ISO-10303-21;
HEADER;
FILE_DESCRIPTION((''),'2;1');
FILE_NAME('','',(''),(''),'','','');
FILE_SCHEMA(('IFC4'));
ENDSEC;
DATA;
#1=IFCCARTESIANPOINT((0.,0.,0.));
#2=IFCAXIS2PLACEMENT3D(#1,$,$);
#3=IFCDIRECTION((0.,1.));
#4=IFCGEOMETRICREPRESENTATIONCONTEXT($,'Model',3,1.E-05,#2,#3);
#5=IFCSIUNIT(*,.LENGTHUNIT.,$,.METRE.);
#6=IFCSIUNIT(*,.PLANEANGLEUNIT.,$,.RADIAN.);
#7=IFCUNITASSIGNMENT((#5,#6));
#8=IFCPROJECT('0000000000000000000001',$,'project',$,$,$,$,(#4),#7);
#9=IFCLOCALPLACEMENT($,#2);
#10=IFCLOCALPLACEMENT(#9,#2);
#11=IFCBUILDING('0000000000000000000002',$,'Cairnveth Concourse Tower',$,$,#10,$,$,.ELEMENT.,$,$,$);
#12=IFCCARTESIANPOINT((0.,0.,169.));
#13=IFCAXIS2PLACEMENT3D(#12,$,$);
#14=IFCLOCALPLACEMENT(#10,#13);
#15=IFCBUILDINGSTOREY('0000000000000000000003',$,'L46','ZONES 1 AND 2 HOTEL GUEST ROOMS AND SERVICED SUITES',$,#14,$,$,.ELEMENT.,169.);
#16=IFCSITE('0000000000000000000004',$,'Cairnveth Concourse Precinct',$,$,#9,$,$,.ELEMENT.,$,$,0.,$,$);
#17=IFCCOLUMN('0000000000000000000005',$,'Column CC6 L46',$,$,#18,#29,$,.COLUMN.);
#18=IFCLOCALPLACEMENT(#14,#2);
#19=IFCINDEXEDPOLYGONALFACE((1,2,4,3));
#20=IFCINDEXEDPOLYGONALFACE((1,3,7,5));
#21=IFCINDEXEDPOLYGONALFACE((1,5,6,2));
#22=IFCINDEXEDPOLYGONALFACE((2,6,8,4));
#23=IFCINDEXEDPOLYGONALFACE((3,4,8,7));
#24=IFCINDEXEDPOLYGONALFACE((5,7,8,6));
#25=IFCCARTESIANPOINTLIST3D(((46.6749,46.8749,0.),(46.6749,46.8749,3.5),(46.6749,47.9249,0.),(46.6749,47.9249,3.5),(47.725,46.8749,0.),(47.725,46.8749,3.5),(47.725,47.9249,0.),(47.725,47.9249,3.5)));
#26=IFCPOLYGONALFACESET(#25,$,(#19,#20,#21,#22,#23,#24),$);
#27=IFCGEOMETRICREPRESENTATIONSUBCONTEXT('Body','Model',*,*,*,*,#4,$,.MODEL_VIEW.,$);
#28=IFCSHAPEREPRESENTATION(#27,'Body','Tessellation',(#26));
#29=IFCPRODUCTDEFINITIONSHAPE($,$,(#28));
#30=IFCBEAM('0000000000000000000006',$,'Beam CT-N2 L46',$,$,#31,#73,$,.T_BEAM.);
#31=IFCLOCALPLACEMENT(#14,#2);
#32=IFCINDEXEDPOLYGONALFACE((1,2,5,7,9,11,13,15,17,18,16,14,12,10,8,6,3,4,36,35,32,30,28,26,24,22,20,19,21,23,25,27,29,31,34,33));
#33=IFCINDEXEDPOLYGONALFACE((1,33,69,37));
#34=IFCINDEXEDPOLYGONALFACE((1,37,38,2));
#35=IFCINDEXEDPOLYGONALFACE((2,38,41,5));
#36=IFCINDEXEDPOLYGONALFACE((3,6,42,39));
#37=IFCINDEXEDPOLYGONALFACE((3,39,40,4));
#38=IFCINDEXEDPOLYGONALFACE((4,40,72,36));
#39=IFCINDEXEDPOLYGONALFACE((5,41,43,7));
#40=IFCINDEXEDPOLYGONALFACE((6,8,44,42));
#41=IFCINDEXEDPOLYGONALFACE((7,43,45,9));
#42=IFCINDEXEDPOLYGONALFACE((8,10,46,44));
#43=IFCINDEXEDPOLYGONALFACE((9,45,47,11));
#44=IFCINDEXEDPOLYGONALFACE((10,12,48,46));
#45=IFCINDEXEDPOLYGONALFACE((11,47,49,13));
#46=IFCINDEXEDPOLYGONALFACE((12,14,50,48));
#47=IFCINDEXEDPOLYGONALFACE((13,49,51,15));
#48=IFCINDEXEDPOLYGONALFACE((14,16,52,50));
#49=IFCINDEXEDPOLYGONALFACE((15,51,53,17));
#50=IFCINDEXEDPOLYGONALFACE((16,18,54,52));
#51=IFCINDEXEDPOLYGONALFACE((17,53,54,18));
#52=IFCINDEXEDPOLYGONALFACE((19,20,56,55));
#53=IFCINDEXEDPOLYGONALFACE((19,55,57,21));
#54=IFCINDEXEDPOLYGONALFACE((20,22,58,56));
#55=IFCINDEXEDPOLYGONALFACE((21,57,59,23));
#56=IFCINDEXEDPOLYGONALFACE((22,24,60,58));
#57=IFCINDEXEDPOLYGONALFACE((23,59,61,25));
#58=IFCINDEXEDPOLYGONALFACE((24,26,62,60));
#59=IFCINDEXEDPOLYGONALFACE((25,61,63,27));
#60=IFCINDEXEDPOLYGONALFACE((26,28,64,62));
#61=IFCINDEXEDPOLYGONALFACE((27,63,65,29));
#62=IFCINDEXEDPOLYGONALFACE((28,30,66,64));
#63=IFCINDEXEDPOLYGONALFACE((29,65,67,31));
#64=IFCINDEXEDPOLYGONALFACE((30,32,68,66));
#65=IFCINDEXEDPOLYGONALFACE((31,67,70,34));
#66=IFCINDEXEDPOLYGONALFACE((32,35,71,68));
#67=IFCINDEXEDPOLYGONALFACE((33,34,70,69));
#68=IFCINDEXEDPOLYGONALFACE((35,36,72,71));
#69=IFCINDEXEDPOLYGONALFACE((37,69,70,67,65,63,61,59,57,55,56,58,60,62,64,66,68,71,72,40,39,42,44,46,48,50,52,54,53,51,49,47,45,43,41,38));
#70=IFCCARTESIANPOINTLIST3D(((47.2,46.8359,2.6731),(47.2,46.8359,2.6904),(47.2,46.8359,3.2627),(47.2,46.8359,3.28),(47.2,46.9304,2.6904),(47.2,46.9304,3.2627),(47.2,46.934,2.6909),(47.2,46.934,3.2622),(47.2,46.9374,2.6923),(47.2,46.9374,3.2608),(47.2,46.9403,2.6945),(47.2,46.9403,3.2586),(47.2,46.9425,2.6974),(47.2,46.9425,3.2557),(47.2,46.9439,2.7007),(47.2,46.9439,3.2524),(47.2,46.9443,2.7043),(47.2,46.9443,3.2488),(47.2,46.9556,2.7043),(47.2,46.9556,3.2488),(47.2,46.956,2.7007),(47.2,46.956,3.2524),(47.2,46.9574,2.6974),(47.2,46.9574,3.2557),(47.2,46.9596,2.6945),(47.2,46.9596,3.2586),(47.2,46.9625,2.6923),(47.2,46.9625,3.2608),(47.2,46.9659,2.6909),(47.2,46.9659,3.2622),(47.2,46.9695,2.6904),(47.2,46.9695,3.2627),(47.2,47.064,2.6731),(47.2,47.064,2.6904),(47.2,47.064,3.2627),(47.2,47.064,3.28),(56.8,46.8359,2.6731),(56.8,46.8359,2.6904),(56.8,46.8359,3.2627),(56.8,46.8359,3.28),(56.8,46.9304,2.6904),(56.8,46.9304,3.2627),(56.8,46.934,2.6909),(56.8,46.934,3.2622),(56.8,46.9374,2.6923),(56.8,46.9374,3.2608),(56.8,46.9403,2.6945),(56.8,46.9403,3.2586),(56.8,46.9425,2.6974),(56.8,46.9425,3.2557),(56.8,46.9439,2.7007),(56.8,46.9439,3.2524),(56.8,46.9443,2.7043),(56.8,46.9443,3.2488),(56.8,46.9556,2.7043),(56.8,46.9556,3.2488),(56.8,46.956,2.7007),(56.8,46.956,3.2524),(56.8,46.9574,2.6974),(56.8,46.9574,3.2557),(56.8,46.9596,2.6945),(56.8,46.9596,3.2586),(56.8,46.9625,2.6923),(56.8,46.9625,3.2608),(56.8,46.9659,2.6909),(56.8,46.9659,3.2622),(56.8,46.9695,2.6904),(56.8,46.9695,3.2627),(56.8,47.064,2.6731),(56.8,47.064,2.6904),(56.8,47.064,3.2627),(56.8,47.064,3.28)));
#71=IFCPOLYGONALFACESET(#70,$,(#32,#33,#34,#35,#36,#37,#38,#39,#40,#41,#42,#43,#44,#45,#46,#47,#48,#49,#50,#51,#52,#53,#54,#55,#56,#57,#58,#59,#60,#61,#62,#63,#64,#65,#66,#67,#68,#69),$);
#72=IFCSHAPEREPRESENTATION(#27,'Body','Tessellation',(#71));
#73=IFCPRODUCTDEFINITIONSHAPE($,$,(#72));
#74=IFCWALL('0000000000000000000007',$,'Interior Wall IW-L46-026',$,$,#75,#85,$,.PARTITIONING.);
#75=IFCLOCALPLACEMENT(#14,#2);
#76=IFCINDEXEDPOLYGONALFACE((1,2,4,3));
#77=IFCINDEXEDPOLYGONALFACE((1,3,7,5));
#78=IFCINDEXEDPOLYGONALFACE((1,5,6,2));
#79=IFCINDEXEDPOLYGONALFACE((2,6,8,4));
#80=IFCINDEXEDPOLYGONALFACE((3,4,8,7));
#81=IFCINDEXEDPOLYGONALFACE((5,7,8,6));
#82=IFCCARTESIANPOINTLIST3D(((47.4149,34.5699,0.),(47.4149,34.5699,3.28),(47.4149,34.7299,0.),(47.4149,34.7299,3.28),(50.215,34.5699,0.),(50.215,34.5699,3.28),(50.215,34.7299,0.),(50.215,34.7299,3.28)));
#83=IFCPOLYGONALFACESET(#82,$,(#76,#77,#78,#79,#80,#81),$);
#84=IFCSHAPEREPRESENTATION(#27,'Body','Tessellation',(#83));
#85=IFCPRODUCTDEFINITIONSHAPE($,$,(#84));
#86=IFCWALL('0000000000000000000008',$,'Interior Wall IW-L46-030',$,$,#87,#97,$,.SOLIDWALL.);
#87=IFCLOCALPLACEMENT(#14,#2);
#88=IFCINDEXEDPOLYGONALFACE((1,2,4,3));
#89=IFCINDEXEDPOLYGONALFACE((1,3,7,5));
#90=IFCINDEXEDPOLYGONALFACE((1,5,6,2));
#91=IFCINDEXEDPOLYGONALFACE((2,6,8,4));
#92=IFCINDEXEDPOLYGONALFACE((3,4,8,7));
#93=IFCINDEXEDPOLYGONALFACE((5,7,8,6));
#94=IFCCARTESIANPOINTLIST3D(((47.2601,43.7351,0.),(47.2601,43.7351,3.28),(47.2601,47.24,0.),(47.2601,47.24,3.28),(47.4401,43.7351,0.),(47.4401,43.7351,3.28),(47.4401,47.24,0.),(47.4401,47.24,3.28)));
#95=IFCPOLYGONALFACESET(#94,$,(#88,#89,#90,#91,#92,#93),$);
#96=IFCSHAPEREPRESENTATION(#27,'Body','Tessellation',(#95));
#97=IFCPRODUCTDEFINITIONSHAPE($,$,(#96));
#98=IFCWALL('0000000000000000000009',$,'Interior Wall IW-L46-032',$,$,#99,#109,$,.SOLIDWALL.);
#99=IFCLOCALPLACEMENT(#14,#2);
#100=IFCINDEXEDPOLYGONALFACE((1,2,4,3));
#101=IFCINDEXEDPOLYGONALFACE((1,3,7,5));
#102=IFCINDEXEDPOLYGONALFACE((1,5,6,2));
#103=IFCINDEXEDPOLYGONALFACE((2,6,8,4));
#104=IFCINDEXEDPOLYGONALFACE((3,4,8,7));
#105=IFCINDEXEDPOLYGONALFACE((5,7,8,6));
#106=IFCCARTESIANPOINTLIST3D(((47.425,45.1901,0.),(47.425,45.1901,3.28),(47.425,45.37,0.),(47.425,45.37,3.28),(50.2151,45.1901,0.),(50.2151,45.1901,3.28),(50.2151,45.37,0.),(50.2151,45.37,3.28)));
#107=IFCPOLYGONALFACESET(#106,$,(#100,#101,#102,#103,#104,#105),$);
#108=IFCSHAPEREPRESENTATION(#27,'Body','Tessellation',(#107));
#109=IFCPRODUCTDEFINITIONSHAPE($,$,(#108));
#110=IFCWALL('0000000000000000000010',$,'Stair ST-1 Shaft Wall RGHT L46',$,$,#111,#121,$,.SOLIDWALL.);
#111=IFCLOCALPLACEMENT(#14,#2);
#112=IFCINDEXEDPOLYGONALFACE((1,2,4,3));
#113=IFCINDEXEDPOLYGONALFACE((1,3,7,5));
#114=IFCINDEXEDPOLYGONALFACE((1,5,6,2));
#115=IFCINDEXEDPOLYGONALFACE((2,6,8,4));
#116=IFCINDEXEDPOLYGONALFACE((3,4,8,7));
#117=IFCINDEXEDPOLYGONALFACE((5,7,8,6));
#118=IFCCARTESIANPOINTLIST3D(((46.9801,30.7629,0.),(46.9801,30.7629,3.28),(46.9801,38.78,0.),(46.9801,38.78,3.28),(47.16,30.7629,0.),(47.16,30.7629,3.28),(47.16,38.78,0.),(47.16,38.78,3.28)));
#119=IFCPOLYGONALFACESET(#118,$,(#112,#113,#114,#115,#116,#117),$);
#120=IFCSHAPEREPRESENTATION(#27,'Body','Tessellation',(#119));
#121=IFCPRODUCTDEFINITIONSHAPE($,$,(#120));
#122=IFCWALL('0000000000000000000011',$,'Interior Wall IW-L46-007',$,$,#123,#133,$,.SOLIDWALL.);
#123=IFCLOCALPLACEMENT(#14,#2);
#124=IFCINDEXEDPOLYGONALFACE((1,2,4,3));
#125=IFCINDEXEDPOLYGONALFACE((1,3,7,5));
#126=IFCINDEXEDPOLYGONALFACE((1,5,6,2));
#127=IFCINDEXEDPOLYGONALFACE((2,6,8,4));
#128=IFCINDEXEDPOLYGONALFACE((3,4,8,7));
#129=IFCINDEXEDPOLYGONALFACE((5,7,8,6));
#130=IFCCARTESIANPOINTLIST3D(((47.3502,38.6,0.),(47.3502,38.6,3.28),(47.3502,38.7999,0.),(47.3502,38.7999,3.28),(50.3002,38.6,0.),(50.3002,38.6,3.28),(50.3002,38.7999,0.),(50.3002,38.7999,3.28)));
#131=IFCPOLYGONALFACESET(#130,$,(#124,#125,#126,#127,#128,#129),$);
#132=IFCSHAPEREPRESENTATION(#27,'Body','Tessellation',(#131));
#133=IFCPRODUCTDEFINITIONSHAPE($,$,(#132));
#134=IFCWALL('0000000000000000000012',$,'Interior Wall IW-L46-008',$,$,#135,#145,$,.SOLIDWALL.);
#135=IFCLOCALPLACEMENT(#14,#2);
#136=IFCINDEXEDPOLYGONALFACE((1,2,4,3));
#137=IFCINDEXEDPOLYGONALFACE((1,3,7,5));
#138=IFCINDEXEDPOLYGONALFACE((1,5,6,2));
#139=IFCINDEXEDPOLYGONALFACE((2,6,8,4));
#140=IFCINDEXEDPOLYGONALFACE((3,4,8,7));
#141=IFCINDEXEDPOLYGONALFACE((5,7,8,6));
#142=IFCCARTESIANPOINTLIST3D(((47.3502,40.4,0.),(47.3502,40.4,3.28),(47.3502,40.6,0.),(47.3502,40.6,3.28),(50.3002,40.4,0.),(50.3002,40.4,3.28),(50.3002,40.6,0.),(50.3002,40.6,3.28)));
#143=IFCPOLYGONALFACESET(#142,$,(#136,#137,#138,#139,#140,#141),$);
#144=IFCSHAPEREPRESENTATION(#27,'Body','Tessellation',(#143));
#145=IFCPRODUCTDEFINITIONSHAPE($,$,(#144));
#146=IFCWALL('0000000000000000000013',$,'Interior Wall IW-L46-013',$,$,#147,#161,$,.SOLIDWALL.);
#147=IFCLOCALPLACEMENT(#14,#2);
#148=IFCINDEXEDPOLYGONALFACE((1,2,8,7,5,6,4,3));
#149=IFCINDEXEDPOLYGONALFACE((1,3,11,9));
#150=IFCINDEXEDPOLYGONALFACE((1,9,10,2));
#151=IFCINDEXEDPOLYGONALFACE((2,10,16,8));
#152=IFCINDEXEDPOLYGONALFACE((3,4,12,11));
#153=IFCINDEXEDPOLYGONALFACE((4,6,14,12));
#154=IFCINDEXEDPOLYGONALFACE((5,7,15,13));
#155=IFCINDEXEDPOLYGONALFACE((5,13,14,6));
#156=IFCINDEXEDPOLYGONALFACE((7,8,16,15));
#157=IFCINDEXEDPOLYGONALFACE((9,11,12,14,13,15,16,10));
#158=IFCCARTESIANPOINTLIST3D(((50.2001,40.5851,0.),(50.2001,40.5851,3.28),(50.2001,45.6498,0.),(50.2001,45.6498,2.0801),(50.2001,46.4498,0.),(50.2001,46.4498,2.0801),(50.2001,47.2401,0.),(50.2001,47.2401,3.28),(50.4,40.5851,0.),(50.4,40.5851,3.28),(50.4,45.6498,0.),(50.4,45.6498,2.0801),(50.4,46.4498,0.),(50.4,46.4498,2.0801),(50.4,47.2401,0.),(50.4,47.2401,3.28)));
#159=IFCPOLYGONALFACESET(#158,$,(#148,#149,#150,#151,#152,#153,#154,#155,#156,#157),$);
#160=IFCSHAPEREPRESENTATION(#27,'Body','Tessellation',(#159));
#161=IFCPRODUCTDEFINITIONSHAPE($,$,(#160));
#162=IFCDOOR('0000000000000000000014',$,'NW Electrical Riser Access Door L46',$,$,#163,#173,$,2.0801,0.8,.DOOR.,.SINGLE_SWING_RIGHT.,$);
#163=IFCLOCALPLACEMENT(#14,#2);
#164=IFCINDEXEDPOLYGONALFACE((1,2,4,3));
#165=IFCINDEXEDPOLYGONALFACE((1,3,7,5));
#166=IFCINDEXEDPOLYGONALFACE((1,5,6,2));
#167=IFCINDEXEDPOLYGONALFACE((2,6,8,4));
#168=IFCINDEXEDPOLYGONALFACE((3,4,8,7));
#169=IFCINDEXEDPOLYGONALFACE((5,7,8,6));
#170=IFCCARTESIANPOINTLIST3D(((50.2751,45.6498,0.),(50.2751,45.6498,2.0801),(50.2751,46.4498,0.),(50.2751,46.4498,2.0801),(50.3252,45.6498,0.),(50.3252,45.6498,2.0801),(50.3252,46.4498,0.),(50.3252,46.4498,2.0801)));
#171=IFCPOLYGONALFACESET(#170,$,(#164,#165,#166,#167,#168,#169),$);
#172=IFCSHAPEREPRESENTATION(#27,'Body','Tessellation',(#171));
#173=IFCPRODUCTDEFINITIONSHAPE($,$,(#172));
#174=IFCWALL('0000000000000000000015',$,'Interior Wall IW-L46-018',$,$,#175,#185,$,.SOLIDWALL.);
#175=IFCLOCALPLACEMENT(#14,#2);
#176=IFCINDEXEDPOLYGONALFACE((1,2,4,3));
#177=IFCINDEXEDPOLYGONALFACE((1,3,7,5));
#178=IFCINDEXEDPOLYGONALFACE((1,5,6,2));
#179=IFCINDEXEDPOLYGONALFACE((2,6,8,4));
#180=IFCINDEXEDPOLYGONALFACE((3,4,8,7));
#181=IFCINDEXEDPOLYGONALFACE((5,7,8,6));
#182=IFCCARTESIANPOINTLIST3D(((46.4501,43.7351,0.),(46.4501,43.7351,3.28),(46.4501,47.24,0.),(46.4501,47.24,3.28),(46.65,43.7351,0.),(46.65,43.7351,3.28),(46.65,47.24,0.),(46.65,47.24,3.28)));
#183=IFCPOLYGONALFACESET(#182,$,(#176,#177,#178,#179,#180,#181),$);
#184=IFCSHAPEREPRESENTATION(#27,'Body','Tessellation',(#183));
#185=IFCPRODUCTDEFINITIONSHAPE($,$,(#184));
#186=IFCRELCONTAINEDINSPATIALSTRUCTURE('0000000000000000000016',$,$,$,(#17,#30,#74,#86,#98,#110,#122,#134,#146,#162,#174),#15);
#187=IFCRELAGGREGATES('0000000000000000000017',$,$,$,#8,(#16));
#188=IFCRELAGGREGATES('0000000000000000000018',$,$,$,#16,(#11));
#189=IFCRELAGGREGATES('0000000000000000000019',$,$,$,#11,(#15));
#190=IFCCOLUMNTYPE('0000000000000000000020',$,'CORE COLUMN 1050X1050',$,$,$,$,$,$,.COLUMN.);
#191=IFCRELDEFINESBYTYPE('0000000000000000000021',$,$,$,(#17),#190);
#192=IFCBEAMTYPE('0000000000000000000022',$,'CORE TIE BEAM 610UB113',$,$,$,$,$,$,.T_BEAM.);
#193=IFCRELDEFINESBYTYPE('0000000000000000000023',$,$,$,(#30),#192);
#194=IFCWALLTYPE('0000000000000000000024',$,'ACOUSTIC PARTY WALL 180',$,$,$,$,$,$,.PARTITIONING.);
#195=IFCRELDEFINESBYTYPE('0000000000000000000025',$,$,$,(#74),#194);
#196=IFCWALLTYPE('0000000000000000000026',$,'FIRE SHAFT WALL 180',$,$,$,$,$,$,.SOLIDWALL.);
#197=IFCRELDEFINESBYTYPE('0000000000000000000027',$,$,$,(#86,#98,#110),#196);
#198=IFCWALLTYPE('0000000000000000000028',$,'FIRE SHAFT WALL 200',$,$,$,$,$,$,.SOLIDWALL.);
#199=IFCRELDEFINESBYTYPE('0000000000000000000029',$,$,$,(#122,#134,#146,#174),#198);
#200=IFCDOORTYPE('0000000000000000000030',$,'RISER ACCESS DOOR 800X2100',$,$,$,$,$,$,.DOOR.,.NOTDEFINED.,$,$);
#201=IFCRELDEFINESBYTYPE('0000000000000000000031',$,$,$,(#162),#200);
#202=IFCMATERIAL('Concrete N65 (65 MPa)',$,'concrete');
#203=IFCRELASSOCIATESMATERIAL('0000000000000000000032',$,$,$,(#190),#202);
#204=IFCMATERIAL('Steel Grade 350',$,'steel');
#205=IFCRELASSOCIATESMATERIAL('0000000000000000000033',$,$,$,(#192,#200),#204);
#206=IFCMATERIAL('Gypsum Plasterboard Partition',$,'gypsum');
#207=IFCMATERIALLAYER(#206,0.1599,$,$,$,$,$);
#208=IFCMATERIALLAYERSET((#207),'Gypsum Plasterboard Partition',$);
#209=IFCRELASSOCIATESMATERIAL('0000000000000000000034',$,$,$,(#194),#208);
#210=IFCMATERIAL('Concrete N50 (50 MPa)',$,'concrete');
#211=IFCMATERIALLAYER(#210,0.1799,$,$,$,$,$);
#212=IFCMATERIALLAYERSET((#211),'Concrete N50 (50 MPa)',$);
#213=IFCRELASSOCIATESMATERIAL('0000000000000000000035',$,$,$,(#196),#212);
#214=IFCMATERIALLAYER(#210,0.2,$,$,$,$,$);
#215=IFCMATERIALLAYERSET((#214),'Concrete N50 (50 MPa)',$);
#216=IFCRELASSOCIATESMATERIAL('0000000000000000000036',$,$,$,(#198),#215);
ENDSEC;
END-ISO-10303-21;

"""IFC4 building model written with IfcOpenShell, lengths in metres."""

from ifc_helpers import new_model, si_unit, direction, frame, frame_2d, origin, origin_2d, place, context, subcontext, project, spatial, rectangle, i_section, extrude, material, layer, layer_set, material_profile, profile_set, type_object, element, fill, save


model = new_model("IFC4")

# Units and contexts
model_context = context("Model", 3, precision=1e-05, world=origin(), true_north=direction((0.0, 1.0)))
body_context = subcontext(model_context, "Body", "Model", "MODEL_VIEW")
ifc_project = project(units=[si_unit("LENGTHUNIT", "METRE"), si_unit("PLANEANGLEUNIT", "RADIAN")], contexts=[model_context])

# Site, building, storey
site_placement = place(None, origin())
site = spatial("IfcSite", under=ifc_project, at=site_placement, Name="Cairnveth Concourse Precinct", CompositionType="ELEMENT", RefElevation=0.0)
building_placement = place(site_placement, origin())
building = spatial("IfcBuilding", under=site, at=building_placement, Name="Cairnveth Concourse Tower", CompositionType="ELEMENT")
storey_placement = place(building_placement, frame((0.0, 0.0, 169.0)))
storey = spatial("IfcBuildingStorey", under=building, at=storey_placement, Name="L46", Description="ZONES 1 AND 2 HOTEL GUEST ROOMS AND SERVICED SUITES", CompositionType="ELEMENT", Elevation=169.0)

# Column
ifc_material_1 = material(Name="Concrete N65 (65 MPa)", Category="concrete")
ifc_material_profile_1 = material_profile(ifc_material_1, rectangle(XDim=1.05, YDim=1.05, at=origin_2d()), Name="RC-COL-1050x1050")
ifc_profile_set_1 = profile_set([ifc_material_profile_1], Name="Concrete N65 (65 MPa)")
column_type = type_object("IfcColumnType", Name="CORE COLUMN 1050X1050", PredefinedType="COLUMN", material=ifc_profile_set_1)
column_placement = place(storey_placement, frame((47.2, 47.3999, 0.0), z_axis=(0.0, 0.0, 1.0), x_axis=(1.0, 0.0, 0.0)))
element("IfcColumn", 1, at=column_placement, inside=storey, type_object=column_type, Name="Column CC6 L46", PredefinedType="COLUMN", context=body_context, shape_type="SweptSolid", body=[
    extrude(rectangle(XDim=1.05, YDim=1.05, at=origin_2d()), origin(), (0.0, 0.0, 1.0), 3.5),
])

# Beam
ifc_material_2 = material(Name="Steel Grade 350", Category="steel")
ifc_material_profile_2 = material_profile(ifc_material_2, i_section(OverallWidth=0.228, OverallDepth=0.6069, WebThickness=0.0112, FlangeThickness=0.0173, FilletRadius=0.0139, at=origin_2d()), Name="610UB113")
ifc_profile_set_2 = profile_set([ifc_material_profile_2], Name="Steel Grade 350")
beam_type = type_object("IfcBeamType", Name="CORE TIE BEAM 610UB113", PredefinedType="T_BEAM", material=ifc_profile_set_2)
beam_placement = place(storey_placement, frame((47.2, 46.95, 2.9766), z_axis=(1.0, 0.0, 0.0), x_axis=(0.0, 1.0, 0.0)))
element("IfcBeam", 2, at=beam_placement, inside=storey, type_object=beam_type, Name="Beam CT-N2 L46", PredefinedType="T_BEAM", context=body_context, shape_type="SweptSolid", body=[
    extrude(i_section(OverallWidth=0.228, OverallDepth=0.6069, WebThickness=0.0112, FlangeThickness=0.0173, FilletRadius=0.0139, at=origin_2d()), origin(), (0.0, 0.0, 1.0), 9.6001),
])

# Walls
ifc_material_3 = material(Name="Gypsum Plasterboard Partition", Category="gypsum")
ifc_layer_1 = layer(ifc_material_3, 0.1599)
ifc_layer_set_1 = layer_set([ifc_layer_1], Name="Gypsum Plasterboard Partition")
wall_type_1 = type_object("IfcWallType", Name="ACOUSTIC PARTY WALL 180", PredefinedType="PARTITIONING", material=ifc_layer_set_1)
wall_1_placement = place(storey_placement, frame((47.415, 34.6499, 0.0), z_axis=(0.0, 0.0, 1.0), x_axis=(1.0, 0.0, 0.0)))
element("IfcWall", 3, at=wall_1_placement, inside=storey, type_object=wall_type_1, Name="Interior Wall IW-L46-026", PredefinedType="PARTITIONING", context=body_context, shape_type="SweptSolid", body=[
    extrude(rectangle(XDim=2.8, YDim=0.1599, at=frame_2d((1.3999, 0.0))), origin(), (0.0, 0.0, 1.0), 3.28),
])
ifc_material_4 = material(Name="Concrete N50 (50 MPa)", Category="concrete")
ifc_layer_2 = layer(ifc_material_4, 0.1799)
ifc_layer_set_2 = layer_set([ifc_layer_2], Name="Concrete N50 (50 MPa)")
wall_type_2 = type_object("IfcWallType", Name="FIRE SHAFT WALL 180", PredefinedType="SOLIDWALL", material=ifc_layer_set_2)
wall_2_placement = place(storey_placement, frame((47.3501, 43.7351, 0.0), z_axis=(0.0, 0.0, 1.0), x_axis=(0.0, 1.0, 0.0)))
element("IfcWall", 4, at=wall_2_placement, inside=storey, type_object=wall_type_2, Name="Interior Wall IW-L46-030", PredefinedType="SOLIDWALL", context=body_context, shape_type="SweptSolid", body=[
    extrude(rectangle(XDim=3.5049, YDim=0.1799, at=frame_2d((1.7524, 0.0))), origin(), (0.0, 0.0, 1.0), 3.28),
])
wall_3_placement = place(storey_placement, frame((47.425, 45.28, 0.0), z_axis=(0.0, 0.0, 1.0), x_axis=(1.0, 0.0, 0.0)))
element("IfcWall", 5, at=wall_3_placement, inside=storey, type_object=wall_type_2, Name="Interior Wall IW-L46-032", PredefinedType="SOLIDWALL", context=body_context, shape_type="SweptSolid", body=[
    extrude(rectangle(XDim=2.79, YDim=0.1799, at=frame_2d((1.395, 0.0))), origin(), (0.0, 0.0, 1.0), 3.28),
])
wall_4_placement = place(storey_placement, frame((47.0701, 38.78, 0.0), z_axis=(0.0, 0.0, 1.0), x_axis=(0.0, -1.0, 0.0)))
element("IfcWall", 6, at=wall_4_placement, inside=storey, type_object=wall_type_2, Name="Stair ST-1 Shaft Wall RGHT L46", PredefinedType="SOLIDWALL", context=body_context, shape_type="SweptSolid", body=[
    extrude(rectangle(XDim=8.0171, YDim=0.1799, at=frame_2d((4.0085, 0.0))), origin(), (0.0, 0.0, 1.0), 3.28),
])
ifc_layer_3 = layer(ifc_material_4, 0.2)
ifc_layer_set_3 = layer_set([ifc_layer_3], Name="Concrete N50 (50 MPa)")
wall_type_3 = type_object("IfcWallType", Name="FIRE SHAFT WALL 200", PredefinedType="SOLIDWALL", material=ifc_layer_set_3)
for number, where, z_axis, x_axis, name in (
    (7, (47.3501, 38.7, 0.0), (0.0, 0.0, 1.0), (1.0, 0.0, 0.0), "Interior Wall IW-L46-007"),
    (8, (47.3501, 40.5, 0.0), (0.0, 0.0, 1.0), (1.0, 0.0, 0.0), "Interior Wall IW-L46-008"),
):
    element("IfcWall", number, at=place(storey_placement, frame(where, z_axis=z_axis, x_axis=x_axis)), inside=storey, type_object=wall_type_3, Name=name, PredefinedType="SOLIDWALL", context=body_context, shape_type="SweptSolid", body=[
        extrude(rectangle(XDim=2.95, YDim=0.2, at=frame_2d((1.4751, 0.0))), origin(), (0.0, 0.0, 1.0), 3.28),
    ])

# Wall, opening, door
wall_5_placement = place(storey_placement, frame((50.3, 40.585, 0.0), z_axis=(0.0, 0.0, 1.0), x_axis=(0.0, 1.0, 0.0)))
wall_5 = element("IfcWall", 9, at=wall_5_placement, inside=storey, type_object=wall_type_3, Name="Interior Wall IW-L46-013", PredefinedType="SOLIDWALL", context=body_context, shape_type="SweptSolid", body=[
    extrude(rectangle(XDim=6.655, YDim=0.2, at=frame_2d((3.3276, 0.0))), origin(), (0.0, 0.0, 1.0), 3.28),
])
opening_1_placement = place(wall_5_placement, frame((5.0649, 0.0, 0.0)))
opening_1 = element("IfcOpeningElement", 10, at=opening_1_placement, cuts=wall_5, PredefinedType="OPENING", context=body_context, shape_type="SweptSolid", body=[
    extrude(rectangle(XDim=0.8, YDim=2.0801, at=frame_2d((0.3999, 1.04))), frame((0.0, 0.1099, 0.0), z_axis=(0.0, -1.0, 0.0), x_axis=(1.0, 0.0, 0.0)), (0.0, 0.0, 1.0), 0.22),
])
door_type_1 = type_object("IfcDoorType", Name="RISER ACCESS DOOR 800X2100", OperationType="NOTDEFINED", PredefinedType="DOOR", material=ifc_material_2)
door_1_placement = place(opening_1_placement, origin())
door_1 = element("IfcDoor", 11, at=door_1_placement, inside=storey, type_object=door_type_1, Name="NW Electrical Riser Access Door L46", OperationType="SINGLE_SWING_RIGHT", OverallHeight=2.0801, OverallWidth=0.8, PredefinedType="DOOR", context=body_context, shape_type="SweptSolid", body=[
    extrude(rectangle(XDim=0.8, YDim=2.0801, at=frame_2d((0.3999, 1.04))), frame((0.0, 0.0249, 0.0), z_axis=(0.0, -1.0, 0.0), x_axis=(1.0, 0.0, 0.0)), (0.0, 0.0, 1.0), 0.05),
])
fill(opening_1, door_1)

# Wall
for number, where, z_axis, x_axis, name in (
    (12, (46.55, 43.7351, 0.0), (0.0, 0.0, 1.0), (0.0, 1.0, 0.0), "Interior Wall IW-L46-018"),
):
    element("IfcWall", number, at=place(storey_placement, frame(where, z_axis=z_axis, x_axis=x_axis)), inside=storey, type_object=wall_type_3, Name=name, PredefinedType="SOLIDWALL", context=body_context, shape_type="SweptSolid", body=[
        extrude(rectangle(XDim=3.5049, YDim=0.2, at=frame_2d((1.7524, 0.0))), origin(), (0.0, 0.0, 1.0), 3.28),
    ])

save(model, "model.ifc")
